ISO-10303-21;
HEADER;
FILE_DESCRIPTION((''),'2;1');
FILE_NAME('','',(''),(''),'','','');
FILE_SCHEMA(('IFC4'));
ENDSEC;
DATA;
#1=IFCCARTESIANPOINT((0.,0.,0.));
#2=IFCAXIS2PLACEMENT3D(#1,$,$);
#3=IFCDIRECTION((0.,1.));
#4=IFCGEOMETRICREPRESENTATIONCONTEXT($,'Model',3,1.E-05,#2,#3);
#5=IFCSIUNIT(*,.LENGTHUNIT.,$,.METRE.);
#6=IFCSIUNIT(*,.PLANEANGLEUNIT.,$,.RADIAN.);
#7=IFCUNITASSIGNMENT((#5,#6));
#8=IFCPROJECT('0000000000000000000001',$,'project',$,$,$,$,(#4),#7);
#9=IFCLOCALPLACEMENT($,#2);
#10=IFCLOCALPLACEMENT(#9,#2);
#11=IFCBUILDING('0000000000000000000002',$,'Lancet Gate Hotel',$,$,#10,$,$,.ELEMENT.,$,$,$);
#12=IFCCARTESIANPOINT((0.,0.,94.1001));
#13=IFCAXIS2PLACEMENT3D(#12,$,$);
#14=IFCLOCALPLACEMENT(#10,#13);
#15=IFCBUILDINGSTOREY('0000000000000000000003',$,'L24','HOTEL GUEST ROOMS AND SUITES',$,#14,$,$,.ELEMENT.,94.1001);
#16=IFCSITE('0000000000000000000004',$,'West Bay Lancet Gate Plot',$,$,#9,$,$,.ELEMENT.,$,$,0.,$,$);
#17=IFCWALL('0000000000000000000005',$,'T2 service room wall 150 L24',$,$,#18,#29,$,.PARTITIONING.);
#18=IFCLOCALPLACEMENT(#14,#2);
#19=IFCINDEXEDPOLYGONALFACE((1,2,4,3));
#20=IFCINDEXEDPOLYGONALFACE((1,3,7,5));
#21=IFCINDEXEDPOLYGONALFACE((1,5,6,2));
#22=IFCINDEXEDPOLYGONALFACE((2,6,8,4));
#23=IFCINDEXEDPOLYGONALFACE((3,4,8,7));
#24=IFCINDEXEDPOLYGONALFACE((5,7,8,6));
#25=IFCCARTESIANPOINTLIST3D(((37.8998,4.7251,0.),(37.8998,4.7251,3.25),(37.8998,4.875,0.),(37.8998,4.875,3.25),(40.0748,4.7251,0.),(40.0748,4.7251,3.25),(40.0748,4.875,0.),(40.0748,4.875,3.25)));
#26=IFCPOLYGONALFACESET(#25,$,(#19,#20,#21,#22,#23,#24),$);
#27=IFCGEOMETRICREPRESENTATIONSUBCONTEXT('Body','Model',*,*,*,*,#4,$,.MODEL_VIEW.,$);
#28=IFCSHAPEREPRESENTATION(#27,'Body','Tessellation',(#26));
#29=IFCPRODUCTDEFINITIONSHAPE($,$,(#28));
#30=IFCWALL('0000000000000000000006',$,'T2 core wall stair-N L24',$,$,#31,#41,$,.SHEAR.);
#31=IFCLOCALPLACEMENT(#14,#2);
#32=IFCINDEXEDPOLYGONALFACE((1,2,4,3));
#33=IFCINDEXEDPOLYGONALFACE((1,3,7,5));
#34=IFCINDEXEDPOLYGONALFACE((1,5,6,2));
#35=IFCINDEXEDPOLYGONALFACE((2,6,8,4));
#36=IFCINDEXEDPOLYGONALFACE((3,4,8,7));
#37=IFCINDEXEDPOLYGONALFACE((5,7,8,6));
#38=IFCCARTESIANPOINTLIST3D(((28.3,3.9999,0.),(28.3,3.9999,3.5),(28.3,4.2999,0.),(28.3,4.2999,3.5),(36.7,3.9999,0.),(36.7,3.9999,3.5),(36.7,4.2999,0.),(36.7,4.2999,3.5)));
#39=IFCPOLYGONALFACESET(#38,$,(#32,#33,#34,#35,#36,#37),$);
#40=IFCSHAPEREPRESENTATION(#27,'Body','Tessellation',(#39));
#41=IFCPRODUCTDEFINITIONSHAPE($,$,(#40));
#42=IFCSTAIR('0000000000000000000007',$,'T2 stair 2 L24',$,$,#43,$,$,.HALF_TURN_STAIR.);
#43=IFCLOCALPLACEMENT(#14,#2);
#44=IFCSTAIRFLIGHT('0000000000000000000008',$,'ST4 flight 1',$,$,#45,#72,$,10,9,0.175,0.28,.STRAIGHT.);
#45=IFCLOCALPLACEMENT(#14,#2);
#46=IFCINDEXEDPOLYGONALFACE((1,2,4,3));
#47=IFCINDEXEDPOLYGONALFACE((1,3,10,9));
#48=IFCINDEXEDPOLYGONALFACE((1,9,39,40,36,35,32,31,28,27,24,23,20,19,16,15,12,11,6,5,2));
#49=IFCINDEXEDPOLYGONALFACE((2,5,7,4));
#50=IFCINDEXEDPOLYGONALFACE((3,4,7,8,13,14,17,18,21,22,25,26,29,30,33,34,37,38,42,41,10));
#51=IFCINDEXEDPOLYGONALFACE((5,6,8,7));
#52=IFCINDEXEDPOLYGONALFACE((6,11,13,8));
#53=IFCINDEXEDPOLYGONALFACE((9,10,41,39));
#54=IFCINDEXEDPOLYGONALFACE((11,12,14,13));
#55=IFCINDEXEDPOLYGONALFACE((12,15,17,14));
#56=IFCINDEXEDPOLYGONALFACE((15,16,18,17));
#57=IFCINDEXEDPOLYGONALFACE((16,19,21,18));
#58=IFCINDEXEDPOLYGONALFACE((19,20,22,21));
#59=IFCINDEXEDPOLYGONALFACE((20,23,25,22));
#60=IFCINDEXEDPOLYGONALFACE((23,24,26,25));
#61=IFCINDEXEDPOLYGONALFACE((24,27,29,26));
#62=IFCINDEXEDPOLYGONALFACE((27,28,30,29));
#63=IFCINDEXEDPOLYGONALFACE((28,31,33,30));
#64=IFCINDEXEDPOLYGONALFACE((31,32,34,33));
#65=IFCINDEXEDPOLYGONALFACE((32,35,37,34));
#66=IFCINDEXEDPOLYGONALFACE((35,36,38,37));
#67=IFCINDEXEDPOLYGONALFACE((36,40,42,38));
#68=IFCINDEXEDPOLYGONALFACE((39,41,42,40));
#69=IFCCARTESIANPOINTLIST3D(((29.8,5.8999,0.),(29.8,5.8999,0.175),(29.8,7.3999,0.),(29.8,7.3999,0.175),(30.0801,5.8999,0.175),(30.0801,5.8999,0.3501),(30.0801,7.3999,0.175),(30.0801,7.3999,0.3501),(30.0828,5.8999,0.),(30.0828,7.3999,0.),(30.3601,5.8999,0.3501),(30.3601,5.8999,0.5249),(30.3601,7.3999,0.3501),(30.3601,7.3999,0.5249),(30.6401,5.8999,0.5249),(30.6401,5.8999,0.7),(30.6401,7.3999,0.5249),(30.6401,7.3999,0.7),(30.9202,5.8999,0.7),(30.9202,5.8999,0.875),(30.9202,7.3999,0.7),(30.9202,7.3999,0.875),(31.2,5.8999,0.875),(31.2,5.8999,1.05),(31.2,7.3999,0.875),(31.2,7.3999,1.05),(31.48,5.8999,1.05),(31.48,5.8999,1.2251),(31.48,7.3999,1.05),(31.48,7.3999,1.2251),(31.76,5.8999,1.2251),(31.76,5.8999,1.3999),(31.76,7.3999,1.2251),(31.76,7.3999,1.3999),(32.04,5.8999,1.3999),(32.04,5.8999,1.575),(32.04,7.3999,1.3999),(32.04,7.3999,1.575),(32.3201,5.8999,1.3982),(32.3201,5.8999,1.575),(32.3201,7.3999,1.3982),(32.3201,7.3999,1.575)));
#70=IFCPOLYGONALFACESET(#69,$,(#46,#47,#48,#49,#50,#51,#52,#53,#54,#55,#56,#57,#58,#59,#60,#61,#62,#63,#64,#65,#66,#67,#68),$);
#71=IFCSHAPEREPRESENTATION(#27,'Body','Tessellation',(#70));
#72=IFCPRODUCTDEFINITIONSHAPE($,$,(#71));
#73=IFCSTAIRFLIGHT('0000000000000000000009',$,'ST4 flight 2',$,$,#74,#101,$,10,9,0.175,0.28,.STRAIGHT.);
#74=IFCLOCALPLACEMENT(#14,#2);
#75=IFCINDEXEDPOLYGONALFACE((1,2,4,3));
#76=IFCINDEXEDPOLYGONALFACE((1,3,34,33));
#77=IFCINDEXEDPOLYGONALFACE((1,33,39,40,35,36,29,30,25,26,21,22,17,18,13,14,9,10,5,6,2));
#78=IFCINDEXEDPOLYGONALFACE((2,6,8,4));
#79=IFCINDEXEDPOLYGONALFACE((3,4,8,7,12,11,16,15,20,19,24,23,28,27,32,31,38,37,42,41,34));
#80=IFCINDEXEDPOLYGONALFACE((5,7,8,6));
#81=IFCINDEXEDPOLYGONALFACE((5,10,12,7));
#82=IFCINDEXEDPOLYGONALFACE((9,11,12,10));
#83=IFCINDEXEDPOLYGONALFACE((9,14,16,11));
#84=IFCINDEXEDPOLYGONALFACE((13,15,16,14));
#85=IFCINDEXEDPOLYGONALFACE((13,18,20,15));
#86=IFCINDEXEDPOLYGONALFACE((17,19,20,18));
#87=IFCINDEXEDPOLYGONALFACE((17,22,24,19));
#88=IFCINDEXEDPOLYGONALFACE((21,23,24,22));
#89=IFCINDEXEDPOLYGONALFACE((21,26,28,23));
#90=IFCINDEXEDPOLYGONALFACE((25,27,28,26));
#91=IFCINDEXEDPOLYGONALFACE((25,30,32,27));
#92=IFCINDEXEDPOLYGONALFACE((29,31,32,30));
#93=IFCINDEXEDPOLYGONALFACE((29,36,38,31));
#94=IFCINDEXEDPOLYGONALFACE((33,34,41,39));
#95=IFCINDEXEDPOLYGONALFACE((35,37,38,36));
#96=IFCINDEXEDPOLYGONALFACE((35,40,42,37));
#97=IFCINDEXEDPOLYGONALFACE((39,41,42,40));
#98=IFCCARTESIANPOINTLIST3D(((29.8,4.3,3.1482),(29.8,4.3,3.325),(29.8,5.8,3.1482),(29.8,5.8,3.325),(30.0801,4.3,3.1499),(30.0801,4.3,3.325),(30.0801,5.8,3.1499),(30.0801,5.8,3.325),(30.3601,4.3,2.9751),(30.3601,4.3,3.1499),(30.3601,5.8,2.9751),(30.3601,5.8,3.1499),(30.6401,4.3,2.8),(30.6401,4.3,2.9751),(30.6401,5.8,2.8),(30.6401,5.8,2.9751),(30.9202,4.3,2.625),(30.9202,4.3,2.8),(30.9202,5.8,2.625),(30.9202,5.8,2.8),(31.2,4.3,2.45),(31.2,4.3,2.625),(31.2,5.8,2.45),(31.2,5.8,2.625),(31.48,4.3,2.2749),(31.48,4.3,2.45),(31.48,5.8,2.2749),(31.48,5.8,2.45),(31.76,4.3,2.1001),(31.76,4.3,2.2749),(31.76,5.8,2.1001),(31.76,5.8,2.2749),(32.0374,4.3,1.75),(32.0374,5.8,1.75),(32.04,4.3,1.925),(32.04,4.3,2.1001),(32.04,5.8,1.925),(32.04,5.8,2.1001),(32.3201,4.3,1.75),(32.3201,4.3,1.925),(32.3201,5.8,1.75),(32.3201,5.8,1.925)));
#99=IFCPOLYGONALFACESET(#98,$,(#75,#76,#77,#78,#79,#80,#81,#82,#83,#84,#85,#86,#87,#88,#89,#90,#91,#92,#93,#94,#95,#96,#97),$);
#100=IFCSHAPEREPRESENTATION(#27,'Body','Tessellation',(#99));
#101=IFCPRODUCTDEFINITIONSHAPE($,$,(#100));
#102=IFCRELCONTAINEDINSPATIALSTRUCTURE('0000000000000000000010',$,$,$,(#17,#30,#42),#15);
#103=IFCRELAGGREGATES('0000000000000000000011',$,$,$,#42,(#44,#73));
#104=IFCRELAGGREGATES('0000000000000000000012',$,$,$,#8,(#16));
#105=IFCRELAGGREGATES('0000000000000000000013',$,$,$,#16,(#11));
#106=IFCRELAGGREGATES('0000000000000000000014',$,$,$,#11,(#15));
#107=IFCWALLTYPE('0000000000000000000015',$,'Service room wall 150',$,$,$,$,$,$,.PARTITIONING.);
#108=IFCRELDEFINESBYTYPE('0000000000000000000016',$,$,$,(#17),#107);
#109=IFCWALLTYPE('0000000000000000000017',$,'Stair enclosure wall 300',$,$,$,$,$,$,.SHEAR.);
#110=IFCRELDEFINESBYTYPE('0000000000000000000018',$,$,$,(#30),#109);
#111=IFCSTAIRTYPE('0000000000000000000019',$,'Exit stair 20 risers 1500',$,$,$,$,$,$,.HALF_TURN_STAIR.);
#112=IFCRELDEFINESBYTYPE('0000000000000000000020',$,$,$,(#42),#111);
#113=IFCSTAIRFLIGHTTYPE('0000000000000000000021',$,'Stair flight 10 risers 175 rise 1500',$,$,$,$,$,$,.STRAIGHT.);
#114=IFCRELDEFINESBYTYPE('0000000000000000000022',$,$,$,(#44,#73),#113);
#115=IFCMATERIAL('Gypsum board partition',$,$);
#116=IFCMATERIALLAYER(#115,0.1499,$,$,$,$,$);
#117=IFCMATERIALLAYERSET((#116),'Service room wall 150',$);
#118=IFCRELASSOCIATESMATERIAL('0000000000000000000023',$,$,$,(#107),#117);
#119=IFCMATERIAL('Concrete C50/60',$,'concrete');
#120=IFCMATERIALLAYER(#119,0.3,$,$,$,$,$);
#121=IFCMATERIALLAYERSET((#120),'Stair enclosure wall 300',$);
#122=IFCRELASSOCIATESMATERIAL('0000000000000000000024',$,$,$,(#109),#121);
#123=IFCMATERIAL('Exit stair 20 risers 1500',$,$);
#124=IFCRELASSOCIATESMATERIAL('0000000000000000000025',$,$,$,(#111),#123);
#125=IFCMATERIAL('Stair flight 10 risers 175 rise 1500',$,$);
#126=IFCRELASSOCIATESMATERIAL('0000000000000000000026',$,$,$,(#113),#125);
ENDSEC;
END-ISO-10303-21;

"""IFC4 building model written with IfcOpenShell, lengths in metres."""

from ifc_helpers import new_model, si_unit, direction, frame, frame_2d, origin, place, context, subcontext, project, spatial, polyline, rectangle, outline, extrude, material, layer, layer_set, type_object, element, aggregate, save


model = new_model("IFC4")

# Units and contexts
model_context = context("Model", 3, precision=1e-05, world=origin(), true_north=direction((0.0, 1.0)))
body_context = subcontext(model_context, "Body", "Model", "MODEL_VIEW")
ifc_project = project(units=[si_unit("LENGTHUNIT", "METRE"), si_unit("PLANEANGLEUNIT", "RADIAN")], contexts=[model_context])

# Site, building, storey
site_placement = place(None, origin())
site = spatial("IfcSite", under=ifc_project, at=site_placement, Name="West Bay Lancet Gate Plot", CompositionType="ELEMENT", RefElevation=0.0)
building_placement = place(site_placement, origin())
building = spatial("IfcBuilding", under=site, at=building_placement, Name="Lancet Gate Hotel", CompositionType="ELEMENT")
storey_placement = place(building_placement, frame((0.0, 0.0, 94.1001)))
storey = spatial("IfcBuildingStorey", under=building, at=storey_placement, Name="L24", Description="HOTEL GUEST ROOMS AND SUITES", CompositionType="ELEMENT", Elevation=94.1001)

# Walls
ifc_material_1 = material(Name="Gypsum board partition")
ifc_layer_1 = layer(ifc_material_1, 0.1499)
ifc_layer_set_1 = layer_set([ifc_layer_1], Name="Service room wall 150")
wall_type_1 = type_object("IfcWallType", Name="Service room wall 150", PredefinedType="PARTITIONING", material=ifc_layer_set_1)
for number, where, z_axis, x_axis, name in (
    (1, (37.8999, 4.8, 0.0), (0.0, 0.0, 1.0), (1.0, 0.0, 0.0), "T2 service room wall 150 L24"),
):
    element("IfcWall", number, at=place(storey_placement, frame(where, z_axis=z_axis, x_axis=x_axis)), inside=storey, type_object=wall_type_1, Name=name, PredefinedType="PARTITIONING", context=body_context, shape_type="SweptSolid", body=[
        extrude(rectangle(XDim=2.175, YDim=0.1499, at=frame_2d((1.0874, 0.0))), origin(), (0.0, 0.0, 1.0), 3.25),
    ])
ifc_material_2 = material(Name="Concrete C50/60", Category="concrete")
ifc_layer_2 = layer(ifc_material_2, 0.3)
ifc_layer_set_2 = layer_set([ifc_layer_2], Name="Stair enclosure wall 300")
wall_type_2 = type_object("IfcWallType", Name="Stair enclosure wall 300", PredefinedType="SHEAR", material=ifc_layer_set_2)
wall_1_placement = place(storey_placement, frame((28.3, 4.1499, 0.0), z_axis=(0.0, 0.0, 1.0), x_axis=(1.0, 0.0, 0.0)))
element("IfcWall", 2, at=wall_1_placement, inside=storey, type_object=wall_type_2, Name="T2 core wall stair-N L24", PredefinedType="SHEAR", context=body_context, shape_type="SweptSolid", body=[
    extrude(rectangle(XDim=8.3999, YDim=0.3, at=frame_2d((4.2, 0.0))), origin(), (0.0, 0.0, 1.0), 3.5),
])

# Stair, stair flights
ifc_material_3 = material(Name="Exit stair 20 risers 1500")
stair_type = type_object("IfcStairType", Name="Exit stair 20 risers 1500", PredefinedType="HALF_TURN_STAIR", material=ifc_material_3)
stair_placement = place(storey_placement, origin())
stair = element("IfcStair", 3, at=stair_placement, inside=storey, type_object=stair_type, Name="T2 stair 2 L24", PredefinedType="HALF_TURN_STAIR")
ifc_material_4 = material(Name="Stair flight 10 risers 175 rise 1500")
stair_flight_type = type_object("IfcStairFlightType", Name="Stair flight 10 risers 175 rise 1500", PredefinedType="STRAIGHT", material=ifc_material_4)
stair_flight_1_placement = place(storey_placement, frame((29.8, 6.6499, 0.0), z_axis=(0.0, 0.0, 1.0), x_axis=(1.0, 0.0, 0.0)))
stair_flight_1 = element("IfcStairFlight", 4, at=stair_flight_1_placement, type_object=stair_flight_type, Name="ST4 flight 1", NumberOfRisers=10, NumberOfTreads=9, PredefinedType="STRAIGHT", RiserHeight=0.175, TreadLength=0.28, context=body_context, shape_type="SweptSolid", body=[
    extrude(outline(polyline([(0.0, 0.0), (0.0, 0.175), (0.28, 0.175), (0.28, 0.3501), (0.5601, 0.3501), (0.5601, 0.5249), (0.8401, 0.5249), (0.8401, 0.7), (1.1201, 0.7), (1.1201, 0.875), (1.3999, 0.875), (1.3999, 1.05), (1.6799, 1.05), (1.6799, 1.2251), (1.96, 1.2251), (1.96, 1.3999), (2.24, 1.3999), (2.24, 1.575), (2.52, 1.575), (2.52, 1.75), (2.52, 1.3982), (0.2827, 0.0), (0.0, 0.0)])), frame((0.0, 0.75, 0.0), z_axis=(0.0, -1.0, 0.0), x_axis=(1.0, 0.0, 0.0)), (0.0, 0.0, 1.0), 1.5),
])
stair_flight_2_placement = place(storey_placement, frame((32.3201, 5.05, 1.75), z_axis=(0.0, 0.0, 1.0), x_axis=(-1.0, 0.0, 0.0)))
stair_flight_2 = element("IfcStairFlight", 5, at=stair_flight_2_placement, type_object=stair_flight_type, Name="ST4 flight 2", NumberOfRisers=10, NumberOfTreads=9, PredefinedType="STRAIGHT", RiserHeight=0.175, TreadLength=0.28, context=body_context, shape_type="SweptSolid", body=[
    extrude(outline(polyline([(0.0, 0.0), (0.0, 0.175), (0.28, 0.175), (0.28, 0.3501), (0.5601, 0.3501), (0.5601, 0.5249), (0.8401, 0.5249), (0.8401, 0.7), (1.1201, 0.7), (1.1201, 0.875), (1.3999, 0.875), (1.3999, 1.05), (1.6799, 1.05), (1.6799, 1.2251), (1.96, 1.2251), (1.96, 1.3999), (2.24, 1.3999), (2.24, 1.575), (2.52, 1.575), (2.52, 1.75), (2.52, 1.3982), (0.2827, 0.0), (0.0, 0.0)])), frame((0.0, 0.75, 0.0), z_axis=(0.0, -1.0, 0.0), x_axis=(1.0, 0.0, 0.0)), (0.0, 0.0, 1.0), 1.5),
])
aggregate(stair, [stair_flight_1, stair_flight_2])

save(model, "model.ifc")
